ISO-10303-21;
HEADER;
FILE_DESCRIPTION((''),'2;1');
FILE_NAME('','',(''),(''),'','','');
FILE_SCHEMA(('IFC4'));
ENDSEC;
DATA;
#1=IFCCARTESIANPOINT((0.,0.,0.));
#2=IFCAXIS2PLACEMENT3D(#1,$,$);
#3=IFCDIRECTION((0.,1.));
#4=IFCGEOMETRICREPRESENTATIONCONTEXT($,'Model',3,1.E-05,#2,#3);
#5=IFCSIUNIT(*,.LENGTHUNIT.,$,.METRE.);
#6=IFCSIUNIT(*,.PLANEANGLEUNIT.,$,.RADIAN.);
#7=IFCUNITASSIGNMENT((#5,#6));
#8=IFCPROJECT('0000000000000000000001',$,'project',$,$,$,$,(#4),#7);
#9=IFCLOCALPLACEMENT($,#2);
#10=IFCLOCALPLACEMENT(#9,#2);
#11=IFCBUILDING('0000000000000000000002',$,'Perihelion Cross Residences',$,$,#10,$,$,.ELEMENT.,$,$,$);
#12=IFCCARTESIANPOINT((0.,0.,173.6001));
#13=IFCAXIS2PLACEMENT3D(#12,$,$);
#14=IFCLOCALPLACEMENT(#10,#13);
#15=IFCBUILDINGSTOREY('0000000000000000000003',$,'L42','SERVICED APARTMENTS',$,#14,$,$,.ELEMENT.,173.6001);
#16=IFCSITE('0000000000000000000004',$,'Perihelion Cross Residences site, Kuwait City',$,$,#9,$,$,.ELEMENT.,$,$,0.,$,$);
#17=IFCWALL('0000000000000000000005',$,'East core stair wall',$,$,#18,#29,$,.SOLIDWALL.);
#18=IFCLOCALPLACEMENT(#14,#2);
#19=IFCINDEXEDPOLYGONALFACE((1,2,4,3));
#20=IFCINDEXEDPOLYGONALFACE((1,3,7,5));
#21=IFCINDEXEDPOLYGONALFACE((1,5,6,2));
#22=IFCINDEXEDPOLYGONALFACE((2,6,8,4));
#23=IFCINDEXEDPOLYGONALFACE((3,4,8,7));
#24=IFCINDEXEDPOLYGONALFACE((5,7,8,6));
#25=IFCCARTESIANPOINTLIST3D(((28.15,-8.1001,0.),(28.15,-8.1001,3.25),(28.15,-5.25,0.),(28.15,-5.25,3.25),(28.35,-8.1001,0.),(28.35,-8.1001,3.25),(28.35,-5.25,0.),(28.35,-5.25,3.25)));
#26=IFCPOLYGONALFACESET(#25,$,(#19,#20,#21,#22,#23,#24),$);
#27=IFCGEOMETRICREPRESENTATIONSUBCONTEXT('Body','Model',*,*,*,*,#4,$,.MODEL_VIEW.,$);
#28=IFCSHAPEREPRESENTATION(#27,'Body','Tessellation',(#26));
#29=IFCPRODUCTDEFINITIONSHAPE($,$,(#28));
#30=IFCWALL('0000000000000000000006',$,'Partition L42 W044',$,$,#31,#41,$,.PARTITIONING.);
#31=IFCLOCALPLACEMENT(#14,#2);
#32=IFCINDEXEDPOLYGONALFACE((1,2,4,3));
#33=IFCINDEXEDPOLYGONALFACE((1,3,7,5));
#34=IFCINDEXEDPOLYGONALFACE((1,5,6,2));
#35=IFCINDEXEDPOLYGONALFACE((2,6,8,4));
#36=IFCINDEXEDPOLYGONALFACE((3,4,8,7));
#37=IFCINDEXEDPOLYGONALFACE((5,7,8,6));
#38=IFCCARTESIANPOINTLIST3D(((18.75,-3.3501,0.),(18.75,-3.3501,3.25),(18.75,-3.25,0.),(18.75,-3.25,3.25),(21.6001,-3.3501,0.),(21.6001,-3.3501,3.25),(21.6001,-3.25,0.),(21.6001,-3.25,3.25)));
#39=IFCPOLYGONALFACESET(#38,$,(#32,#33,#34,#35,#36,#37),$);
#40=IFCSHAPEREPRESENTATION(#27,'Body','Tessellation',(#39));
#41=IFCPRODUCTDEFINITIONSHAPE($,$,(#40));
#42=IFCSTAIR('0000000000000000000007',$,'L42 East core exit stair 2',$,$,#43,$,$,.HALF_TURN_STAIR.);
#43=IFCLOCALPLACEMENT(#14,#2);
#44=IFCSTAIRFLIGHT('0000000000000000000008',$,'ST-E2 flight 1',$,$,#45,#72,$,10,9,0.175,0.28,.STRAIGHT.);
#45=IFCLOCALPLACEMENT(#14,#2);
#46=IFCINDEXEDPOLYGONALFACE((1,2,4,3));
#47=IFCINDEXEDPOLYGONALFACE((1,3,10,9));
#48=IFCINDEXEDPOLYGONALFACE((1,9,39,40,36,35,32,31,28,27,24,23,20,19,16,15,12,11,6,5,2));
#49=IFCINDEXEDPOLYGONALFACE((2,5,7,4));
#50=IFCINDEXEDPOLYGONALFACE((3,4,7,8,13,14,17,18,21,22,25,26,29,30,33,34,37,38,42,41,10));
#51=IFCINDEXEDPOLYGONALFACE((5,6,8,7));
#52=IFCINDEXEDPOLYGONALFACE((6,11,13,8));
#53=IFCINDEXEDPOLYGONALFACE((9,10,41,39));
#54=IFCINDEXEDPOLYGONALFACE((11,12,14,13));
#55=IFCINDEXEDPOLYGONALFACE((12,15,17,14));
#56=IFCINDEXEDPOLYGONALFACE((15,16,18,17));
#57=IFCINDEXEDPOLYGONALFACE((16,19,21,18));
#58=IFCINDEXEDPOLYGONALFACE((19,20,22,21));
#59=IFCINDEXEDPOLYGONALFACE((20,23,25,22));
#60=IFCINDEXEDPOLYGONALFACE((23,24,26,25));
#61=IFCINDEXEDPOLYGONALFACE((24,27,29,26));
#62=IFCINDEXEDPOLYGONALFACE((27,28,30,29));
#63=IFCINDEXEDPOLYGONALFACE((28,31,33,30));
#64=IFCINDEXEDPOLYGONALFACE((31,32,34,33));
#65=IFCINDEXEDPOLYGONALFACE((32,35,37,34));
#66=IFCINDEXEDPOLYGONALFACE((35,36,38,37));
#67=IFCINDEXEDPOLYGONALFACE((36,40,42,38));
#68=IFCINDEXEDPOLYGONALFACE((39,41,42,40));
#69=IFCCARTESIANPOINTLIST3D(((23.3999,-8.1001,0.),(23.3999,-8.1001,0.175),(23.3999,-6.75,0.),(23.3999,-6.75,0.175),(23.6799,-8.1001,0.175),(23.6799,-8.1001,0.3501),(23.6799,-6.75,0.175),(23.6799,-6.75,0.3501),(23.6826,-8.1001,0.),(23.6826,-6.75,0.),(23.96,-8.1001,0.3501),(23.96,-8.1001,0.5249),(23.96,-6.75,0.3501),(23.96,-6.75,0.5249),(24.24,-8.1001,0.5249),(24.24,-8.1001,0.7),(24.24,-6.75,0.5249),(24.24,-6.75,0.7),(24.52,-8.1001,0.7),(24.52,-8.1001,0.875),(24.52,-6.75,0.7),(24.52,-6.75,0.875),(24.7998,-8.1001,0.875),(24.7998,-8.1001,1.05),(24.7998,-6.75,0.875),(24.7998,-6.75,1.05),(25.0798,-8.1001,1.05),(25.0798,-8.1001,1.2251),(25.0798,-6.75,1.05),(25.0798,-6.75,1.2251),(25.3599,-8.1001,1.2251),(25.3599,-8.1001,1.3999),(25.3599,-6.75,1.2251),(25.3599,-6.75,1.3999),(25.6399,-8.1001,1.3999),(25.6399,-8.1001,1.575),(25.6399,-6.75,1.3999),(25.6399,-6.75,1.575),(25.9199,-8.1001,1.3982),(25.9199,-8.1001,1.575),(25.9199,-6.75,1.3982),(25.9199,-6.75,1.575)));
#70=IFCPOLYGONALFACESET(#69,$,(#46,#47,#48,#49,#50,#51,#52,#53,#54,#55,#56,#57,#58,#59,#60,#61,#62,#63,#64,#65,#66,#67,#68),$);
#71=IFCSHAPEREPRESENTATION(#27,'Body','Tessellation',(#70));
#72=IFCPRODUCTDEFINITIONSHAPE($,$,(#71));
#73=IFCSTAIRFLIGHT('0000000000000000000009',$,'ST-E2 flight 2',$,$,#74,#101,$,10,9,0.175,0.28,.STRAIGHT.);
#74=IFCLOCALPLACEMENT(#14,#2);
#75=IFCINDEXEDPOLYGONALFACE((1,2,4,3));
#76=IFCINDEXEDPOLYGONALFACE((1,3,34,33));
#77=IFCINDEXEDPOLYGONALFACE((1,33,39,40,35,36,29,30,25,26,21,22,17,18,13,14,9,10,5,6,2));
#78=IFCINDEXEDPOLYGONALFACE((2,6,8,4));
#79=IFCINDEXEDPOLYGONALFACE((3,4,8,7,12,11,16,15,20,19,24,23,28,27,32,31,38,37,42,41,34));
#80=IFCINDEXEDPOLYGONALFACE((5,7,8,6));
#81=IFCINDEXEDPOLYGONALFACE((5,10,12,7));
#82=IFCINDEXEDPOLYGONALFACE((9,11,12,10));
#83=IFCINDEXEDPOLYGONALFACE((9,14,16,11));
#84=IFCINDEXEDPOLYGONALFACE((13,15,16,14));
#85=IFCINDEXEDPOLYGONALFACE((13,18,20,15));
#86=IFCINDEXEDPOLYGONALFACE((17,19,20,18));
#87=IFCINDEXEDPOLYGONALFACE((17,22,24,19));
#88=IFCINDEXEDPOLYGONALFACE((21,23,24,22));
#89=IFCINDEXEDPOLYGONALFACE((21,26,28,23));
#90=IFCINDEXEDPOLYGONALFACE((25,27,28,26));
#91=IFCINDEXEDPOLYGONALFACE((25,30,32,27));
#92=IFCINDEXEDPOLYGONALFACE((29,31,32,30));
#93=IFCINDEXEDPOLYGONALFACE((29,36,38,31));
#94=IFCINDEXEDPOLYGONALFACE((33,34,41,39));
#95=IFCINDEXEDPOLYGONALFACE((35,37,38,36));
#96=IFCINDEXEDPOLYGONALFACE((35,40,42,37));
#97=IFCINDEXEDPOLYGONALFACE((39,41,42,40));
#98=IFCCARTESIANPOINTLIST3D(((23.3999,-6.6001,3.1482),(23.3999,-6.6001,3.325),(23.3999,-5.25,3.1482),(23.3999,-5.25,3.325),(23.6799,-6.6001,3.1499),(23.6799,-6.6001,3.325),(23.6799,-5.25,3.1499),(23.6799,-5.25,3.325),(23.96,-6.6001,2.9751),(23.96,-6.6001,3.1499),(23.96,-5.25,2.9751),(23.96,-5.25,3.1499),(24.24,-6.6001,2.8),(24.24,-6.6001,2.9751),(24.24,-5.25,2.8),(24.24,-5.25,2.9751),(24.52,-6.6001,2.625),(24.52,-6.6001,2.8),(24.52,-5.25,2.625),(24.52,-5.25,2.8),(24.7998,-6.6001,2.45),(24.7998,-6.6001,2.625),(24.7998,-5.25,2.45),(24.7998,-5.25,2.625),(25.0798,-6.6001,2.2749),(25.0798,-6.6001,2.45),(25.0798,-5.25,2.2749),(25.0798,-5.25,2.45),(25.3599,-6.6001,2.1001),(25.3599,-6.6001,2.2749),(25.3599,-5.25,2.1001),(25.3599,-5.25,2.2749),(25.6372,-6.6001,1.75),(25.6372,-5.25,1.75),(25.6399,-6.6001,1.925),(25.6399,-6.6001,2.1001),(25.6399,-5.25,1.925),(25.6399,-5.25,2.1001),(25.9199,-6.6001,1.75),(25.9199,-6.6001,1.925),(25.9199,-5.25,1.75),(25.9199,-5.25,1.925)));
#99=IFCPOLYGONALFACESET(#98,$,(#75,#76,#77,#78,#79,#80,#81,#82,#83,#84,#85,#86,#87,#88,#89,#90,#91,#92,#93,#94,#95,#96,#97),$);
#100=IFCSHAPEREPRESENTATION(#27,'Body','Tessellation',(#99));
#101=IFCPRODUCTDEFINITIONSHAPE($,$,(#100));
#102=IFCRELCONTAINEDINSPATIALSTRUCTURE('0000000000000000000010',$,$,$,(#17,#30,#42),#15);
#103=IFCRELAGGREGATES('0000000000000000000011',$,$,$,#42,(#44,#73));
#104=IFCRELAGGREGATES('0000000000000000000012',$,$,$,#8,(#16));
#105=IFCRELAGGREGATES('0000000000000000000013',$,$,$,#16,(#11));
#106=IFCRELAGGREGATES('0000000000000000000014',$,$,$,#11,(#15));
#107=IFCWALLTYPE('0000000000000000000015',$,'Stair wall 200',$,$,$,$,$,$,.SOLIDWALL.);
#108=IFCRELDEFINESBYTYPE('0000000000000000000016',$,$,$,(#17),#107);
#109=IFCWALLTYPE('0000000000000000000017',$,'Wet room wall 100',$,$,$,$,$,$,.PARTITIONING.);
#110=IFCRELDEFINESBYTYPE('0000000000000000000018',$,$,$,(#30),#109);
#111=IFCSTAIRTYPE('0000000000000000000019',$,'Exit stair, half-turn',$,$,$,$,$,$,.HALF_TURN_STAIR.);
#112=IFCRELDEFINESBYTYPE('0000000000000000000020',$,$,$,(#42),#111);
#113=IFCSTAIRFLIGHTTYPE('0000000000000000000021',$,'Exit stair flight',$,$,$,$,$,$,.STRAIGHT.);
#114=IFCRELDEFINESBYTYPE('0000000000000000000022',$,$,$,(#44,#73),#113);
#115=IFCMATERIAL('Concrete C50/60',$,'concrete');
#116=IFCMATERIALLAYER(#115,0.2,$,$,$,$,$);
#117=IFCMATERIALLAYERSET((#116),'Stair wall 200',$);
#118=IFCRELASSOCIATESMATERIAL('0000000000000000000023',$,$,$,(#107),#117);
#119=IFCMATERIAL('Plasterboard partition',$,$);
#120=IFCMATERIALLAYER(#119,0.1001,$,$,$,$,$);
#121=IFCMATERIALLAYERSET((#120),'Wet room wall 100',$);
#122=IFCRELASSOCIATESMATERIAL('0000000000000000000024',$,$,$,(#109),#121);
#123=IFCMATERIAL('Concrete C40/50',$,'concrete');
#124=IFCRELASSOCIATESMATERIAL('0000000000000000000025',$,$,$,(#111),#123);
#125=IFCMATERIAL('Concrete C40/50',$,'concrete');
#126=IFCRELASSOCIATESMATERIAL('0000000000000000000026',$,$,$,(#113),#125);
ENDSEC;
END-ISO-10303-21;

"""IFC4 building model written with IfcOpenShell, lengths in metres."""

from ifc_helpers import new_model, si_unit, direction, frame, frame_2d, origin, place, context, subcontext, project, spatial, polyline, rectangle, outline, extrude, material, layer, layer_set, type_object, element, aggregate, save


model = new_model("IFC4")

# Units and contexts
model_context = context("Model", 3, precision=1e-05, world=origin(), true_north=direction((0.0, 1.0)))
body_context = subcontext(model_context, "Body", "Model", "MODEL_VIEW")
ifc_project = project(units=[si_unit("LENGTHUNIT", "METRE"), si_unit("PLANEANGLEUNIT", "RADIAN")], contexts=[model_context])

# Site, building, storey
site_placement = place(None, origin())
site = spatial("IfcSite", under=ifc_project, at=site_placement, Name="Perihelion Cross Residences site, Kuwait City", CompositionType="ELEMENT", RefElevation=0.0)
building_placement = place(site_placement, origin())
building = spatial("IfcBuilding", under=site, at=building_placement, Name="Perihelion Cross Residences", CompositionType="ELEMENT")
storey_placement = place(building_placement, frame((0.0, 0.0, 173.6001)))
storey = spatial("IfcBuildingStorey", under=building, at=storey_placement, Name="L42", Description="SERVICED APARTMENTS", CompositionType="ELEMENT", Elevation=173.6001)

# Shared definitions
ifc_material_1 = material(Name="Concrete C50/60", Category="concrete")
ifc_layer_1 = layer(ifc_material_1, 0.2)
ifc_layer_set_1 = layer_set([ifc_layer_1], Name="Stair wall 200")
wall_type_1 = type_object("IfcWallType", Name="Stair wall 200", PredefinedType="SOLIDWALL", material=ifc_layer_set_1)

# Walls
wall_1_placement = place(storey_placement, frame((28.25, -8.1001, 0.0), z_axis=(0.0, 0.0, 1.0), x_axis=(0.0, 1.0, 0.0)))
element("IfcWall", 1, at=wall_1_placement, inside=storey, type_object=wall_type_1, Name="East core stair wall", PredefinedType="SOLIDWALL", context=body_context, shape_type="SweptSolid", body=[
    extrude(rectangle(XDim=2.8501, YDim=0.2, at=frame_2d((1.425, 0.0))), origin(), (0.0, 0.0, 1.0), 3.25),
])
ifc_material_2 = material(Name="Plasterboard partition")
ifc_layer_2 = layer(ifc_material_2, 0.1001)
ifc_layer_set_2 = layer_set([ifc_layer_2], Name="Wet room wall 100")
wall_type_2 = type_object("IfcWallType", Name="Wet room wall 100", PredefinedType="PARTITIONING", material=ifc_layer_set_2)
wall_2_placement = place(storey_placement, frame((21.6001, -3.3, 0.0), z_axis=(0.0, 0.0, 1.0), x_axis=(-1.0, 0.0, 0.0)))
element("IfcWall", 2, at=wall_2_placement, inside=storey, type_object=wall_type_2, Name="Partition L42 W044", PredefinedType="PARTITIONING", context=body_context, shape_type="SweptSolid", body=[
    extrude(rectangle(XDim=2.8501, YDim=0.1001, at=frame_2d((1.425, 0.0))), origin(), (0.0, 0.0, 1.0), 3.25),
])

# Stair, stair flights
ifc_material_3 = material(Name="Concrete C40/50", Category="concrete")
stair_type = type_object("IfcStairType", Name="Exit stair, half-turn", PredefinedType="HALF_TURN_STAIR", material=ifc_material_3)
stair_placement = place(storey_placement, origin())
stair = element("IfcStair", 3, at=stair_placement, inside=storey, type_object=stair_type, Name="L42 East core exit stair 2", PredefinedType="HALF_TURN_STAIR")
ifc_material_4 = material(Name="Concrete C40/50", Category="concrete")
stair_flight_type = type_object("IfcStairFlightType", Name="Exit stair flight", PredefinedType="STRAIGHT", material=ifc_material_4)
stair_flight_1_placement = place(storey_placement, frame((23.3999, -7.425, 0.0), z_axis=(0.0, 0.0, 1.0), x_axis=(1.0, 0.0, 0.0)))
stair_flight_1 = element("IfcStairFlight", 4, at=stair_flight_1_placement, type_object=stair_flight_type, Name="ST-E2 flight 1", NumberOfRisers=10, NumberOfTreads=9, PredefinedType="STRAIGHT", RiserHeight=0.175, TreadLength=0.28, context=body_context, shape_type="SweptSolid", body=[
    extrude(outline(polyline([(0.0, 0.0), (0.0, 0.175), (0.28, 0.175), (0.28, 0.3501), (0.5601, 0.3501), (0.5601, 0.5249), (0.8401, 0.5249), (0.8401, 0.7), (1.1201, 0.7), (1.1201, 0.875), (1.3999, 0.875), (1.3999, 1.05), (1.6799, 1.05), (1.6799, 1.2251), (1.96, 1.2251), (1.96, 1.3999), (2.24, 1.3999), (2.24, 1.575), (2.52, 1.575), (2.52, 1.75), (2.52, 1.3982), (0.2827, 0.0), (0.0, 0.0)])), frame((0.0, 0.675, 0.0), z_axis=(0.0, -1.0, 0.0), x_axis=(1.0, 0.0, 0.0)), (0.0, 0.0, 1.0), 1.3501),
])
stair_flight_2_placement = place(storey_placement, frame((25.9199, -5.925, 1.75), z_axis=(0.0, 0.0, 1.0), x_axis=(-1.0, 0.0, 0.0)))
stair_flight_2 = element("IfcStairFlight", 5, at=stair_flight_2_placement, type_object=stair_flight_type, Name="ST-E2 flight 2", NumberOfRisers=10, NumberOfTreads=9, PredefinedType="STRAIGHT", RiserHeight=0.175, TreadLength=0.28, context=body_context, shape_type="SweptSolid", body=[
    extrude(outline(polyline([(0.0, 0.0), (0.0, 0.175), (0.28, 0.175), (0.28, 0.3501), (0.5601, 0.3501), (0.5601, 0.5249), (0.8401, 0.5249), (0.8401, 0.7), (1.1201, 0.7), (1.1201, 0.875), (1.3999, 0.875), (1.3999, 1.05), (1.6799, 1.05), (1.6799, 1.2251), (1.96, 1.2251), (1.96, 1.3999), (2.24, 1.3999), (2.24, 1.575), (2.52, 1.575), (2.52, 1.75), (2.52, 1.3982), (0.2827, 0.0), (0.0, 0.0)])), frame((0.0, 0.675, 0.0), z_axis=(0.0, -1.0, 0.0), x_axis=(1.0, 0.0, 0.0)), (0.0, 0.0, 1.0), 1.3501),
])
aggregate(stair, [stair_flight_1, stair_flight_2])

save(model, "model.ifc")
